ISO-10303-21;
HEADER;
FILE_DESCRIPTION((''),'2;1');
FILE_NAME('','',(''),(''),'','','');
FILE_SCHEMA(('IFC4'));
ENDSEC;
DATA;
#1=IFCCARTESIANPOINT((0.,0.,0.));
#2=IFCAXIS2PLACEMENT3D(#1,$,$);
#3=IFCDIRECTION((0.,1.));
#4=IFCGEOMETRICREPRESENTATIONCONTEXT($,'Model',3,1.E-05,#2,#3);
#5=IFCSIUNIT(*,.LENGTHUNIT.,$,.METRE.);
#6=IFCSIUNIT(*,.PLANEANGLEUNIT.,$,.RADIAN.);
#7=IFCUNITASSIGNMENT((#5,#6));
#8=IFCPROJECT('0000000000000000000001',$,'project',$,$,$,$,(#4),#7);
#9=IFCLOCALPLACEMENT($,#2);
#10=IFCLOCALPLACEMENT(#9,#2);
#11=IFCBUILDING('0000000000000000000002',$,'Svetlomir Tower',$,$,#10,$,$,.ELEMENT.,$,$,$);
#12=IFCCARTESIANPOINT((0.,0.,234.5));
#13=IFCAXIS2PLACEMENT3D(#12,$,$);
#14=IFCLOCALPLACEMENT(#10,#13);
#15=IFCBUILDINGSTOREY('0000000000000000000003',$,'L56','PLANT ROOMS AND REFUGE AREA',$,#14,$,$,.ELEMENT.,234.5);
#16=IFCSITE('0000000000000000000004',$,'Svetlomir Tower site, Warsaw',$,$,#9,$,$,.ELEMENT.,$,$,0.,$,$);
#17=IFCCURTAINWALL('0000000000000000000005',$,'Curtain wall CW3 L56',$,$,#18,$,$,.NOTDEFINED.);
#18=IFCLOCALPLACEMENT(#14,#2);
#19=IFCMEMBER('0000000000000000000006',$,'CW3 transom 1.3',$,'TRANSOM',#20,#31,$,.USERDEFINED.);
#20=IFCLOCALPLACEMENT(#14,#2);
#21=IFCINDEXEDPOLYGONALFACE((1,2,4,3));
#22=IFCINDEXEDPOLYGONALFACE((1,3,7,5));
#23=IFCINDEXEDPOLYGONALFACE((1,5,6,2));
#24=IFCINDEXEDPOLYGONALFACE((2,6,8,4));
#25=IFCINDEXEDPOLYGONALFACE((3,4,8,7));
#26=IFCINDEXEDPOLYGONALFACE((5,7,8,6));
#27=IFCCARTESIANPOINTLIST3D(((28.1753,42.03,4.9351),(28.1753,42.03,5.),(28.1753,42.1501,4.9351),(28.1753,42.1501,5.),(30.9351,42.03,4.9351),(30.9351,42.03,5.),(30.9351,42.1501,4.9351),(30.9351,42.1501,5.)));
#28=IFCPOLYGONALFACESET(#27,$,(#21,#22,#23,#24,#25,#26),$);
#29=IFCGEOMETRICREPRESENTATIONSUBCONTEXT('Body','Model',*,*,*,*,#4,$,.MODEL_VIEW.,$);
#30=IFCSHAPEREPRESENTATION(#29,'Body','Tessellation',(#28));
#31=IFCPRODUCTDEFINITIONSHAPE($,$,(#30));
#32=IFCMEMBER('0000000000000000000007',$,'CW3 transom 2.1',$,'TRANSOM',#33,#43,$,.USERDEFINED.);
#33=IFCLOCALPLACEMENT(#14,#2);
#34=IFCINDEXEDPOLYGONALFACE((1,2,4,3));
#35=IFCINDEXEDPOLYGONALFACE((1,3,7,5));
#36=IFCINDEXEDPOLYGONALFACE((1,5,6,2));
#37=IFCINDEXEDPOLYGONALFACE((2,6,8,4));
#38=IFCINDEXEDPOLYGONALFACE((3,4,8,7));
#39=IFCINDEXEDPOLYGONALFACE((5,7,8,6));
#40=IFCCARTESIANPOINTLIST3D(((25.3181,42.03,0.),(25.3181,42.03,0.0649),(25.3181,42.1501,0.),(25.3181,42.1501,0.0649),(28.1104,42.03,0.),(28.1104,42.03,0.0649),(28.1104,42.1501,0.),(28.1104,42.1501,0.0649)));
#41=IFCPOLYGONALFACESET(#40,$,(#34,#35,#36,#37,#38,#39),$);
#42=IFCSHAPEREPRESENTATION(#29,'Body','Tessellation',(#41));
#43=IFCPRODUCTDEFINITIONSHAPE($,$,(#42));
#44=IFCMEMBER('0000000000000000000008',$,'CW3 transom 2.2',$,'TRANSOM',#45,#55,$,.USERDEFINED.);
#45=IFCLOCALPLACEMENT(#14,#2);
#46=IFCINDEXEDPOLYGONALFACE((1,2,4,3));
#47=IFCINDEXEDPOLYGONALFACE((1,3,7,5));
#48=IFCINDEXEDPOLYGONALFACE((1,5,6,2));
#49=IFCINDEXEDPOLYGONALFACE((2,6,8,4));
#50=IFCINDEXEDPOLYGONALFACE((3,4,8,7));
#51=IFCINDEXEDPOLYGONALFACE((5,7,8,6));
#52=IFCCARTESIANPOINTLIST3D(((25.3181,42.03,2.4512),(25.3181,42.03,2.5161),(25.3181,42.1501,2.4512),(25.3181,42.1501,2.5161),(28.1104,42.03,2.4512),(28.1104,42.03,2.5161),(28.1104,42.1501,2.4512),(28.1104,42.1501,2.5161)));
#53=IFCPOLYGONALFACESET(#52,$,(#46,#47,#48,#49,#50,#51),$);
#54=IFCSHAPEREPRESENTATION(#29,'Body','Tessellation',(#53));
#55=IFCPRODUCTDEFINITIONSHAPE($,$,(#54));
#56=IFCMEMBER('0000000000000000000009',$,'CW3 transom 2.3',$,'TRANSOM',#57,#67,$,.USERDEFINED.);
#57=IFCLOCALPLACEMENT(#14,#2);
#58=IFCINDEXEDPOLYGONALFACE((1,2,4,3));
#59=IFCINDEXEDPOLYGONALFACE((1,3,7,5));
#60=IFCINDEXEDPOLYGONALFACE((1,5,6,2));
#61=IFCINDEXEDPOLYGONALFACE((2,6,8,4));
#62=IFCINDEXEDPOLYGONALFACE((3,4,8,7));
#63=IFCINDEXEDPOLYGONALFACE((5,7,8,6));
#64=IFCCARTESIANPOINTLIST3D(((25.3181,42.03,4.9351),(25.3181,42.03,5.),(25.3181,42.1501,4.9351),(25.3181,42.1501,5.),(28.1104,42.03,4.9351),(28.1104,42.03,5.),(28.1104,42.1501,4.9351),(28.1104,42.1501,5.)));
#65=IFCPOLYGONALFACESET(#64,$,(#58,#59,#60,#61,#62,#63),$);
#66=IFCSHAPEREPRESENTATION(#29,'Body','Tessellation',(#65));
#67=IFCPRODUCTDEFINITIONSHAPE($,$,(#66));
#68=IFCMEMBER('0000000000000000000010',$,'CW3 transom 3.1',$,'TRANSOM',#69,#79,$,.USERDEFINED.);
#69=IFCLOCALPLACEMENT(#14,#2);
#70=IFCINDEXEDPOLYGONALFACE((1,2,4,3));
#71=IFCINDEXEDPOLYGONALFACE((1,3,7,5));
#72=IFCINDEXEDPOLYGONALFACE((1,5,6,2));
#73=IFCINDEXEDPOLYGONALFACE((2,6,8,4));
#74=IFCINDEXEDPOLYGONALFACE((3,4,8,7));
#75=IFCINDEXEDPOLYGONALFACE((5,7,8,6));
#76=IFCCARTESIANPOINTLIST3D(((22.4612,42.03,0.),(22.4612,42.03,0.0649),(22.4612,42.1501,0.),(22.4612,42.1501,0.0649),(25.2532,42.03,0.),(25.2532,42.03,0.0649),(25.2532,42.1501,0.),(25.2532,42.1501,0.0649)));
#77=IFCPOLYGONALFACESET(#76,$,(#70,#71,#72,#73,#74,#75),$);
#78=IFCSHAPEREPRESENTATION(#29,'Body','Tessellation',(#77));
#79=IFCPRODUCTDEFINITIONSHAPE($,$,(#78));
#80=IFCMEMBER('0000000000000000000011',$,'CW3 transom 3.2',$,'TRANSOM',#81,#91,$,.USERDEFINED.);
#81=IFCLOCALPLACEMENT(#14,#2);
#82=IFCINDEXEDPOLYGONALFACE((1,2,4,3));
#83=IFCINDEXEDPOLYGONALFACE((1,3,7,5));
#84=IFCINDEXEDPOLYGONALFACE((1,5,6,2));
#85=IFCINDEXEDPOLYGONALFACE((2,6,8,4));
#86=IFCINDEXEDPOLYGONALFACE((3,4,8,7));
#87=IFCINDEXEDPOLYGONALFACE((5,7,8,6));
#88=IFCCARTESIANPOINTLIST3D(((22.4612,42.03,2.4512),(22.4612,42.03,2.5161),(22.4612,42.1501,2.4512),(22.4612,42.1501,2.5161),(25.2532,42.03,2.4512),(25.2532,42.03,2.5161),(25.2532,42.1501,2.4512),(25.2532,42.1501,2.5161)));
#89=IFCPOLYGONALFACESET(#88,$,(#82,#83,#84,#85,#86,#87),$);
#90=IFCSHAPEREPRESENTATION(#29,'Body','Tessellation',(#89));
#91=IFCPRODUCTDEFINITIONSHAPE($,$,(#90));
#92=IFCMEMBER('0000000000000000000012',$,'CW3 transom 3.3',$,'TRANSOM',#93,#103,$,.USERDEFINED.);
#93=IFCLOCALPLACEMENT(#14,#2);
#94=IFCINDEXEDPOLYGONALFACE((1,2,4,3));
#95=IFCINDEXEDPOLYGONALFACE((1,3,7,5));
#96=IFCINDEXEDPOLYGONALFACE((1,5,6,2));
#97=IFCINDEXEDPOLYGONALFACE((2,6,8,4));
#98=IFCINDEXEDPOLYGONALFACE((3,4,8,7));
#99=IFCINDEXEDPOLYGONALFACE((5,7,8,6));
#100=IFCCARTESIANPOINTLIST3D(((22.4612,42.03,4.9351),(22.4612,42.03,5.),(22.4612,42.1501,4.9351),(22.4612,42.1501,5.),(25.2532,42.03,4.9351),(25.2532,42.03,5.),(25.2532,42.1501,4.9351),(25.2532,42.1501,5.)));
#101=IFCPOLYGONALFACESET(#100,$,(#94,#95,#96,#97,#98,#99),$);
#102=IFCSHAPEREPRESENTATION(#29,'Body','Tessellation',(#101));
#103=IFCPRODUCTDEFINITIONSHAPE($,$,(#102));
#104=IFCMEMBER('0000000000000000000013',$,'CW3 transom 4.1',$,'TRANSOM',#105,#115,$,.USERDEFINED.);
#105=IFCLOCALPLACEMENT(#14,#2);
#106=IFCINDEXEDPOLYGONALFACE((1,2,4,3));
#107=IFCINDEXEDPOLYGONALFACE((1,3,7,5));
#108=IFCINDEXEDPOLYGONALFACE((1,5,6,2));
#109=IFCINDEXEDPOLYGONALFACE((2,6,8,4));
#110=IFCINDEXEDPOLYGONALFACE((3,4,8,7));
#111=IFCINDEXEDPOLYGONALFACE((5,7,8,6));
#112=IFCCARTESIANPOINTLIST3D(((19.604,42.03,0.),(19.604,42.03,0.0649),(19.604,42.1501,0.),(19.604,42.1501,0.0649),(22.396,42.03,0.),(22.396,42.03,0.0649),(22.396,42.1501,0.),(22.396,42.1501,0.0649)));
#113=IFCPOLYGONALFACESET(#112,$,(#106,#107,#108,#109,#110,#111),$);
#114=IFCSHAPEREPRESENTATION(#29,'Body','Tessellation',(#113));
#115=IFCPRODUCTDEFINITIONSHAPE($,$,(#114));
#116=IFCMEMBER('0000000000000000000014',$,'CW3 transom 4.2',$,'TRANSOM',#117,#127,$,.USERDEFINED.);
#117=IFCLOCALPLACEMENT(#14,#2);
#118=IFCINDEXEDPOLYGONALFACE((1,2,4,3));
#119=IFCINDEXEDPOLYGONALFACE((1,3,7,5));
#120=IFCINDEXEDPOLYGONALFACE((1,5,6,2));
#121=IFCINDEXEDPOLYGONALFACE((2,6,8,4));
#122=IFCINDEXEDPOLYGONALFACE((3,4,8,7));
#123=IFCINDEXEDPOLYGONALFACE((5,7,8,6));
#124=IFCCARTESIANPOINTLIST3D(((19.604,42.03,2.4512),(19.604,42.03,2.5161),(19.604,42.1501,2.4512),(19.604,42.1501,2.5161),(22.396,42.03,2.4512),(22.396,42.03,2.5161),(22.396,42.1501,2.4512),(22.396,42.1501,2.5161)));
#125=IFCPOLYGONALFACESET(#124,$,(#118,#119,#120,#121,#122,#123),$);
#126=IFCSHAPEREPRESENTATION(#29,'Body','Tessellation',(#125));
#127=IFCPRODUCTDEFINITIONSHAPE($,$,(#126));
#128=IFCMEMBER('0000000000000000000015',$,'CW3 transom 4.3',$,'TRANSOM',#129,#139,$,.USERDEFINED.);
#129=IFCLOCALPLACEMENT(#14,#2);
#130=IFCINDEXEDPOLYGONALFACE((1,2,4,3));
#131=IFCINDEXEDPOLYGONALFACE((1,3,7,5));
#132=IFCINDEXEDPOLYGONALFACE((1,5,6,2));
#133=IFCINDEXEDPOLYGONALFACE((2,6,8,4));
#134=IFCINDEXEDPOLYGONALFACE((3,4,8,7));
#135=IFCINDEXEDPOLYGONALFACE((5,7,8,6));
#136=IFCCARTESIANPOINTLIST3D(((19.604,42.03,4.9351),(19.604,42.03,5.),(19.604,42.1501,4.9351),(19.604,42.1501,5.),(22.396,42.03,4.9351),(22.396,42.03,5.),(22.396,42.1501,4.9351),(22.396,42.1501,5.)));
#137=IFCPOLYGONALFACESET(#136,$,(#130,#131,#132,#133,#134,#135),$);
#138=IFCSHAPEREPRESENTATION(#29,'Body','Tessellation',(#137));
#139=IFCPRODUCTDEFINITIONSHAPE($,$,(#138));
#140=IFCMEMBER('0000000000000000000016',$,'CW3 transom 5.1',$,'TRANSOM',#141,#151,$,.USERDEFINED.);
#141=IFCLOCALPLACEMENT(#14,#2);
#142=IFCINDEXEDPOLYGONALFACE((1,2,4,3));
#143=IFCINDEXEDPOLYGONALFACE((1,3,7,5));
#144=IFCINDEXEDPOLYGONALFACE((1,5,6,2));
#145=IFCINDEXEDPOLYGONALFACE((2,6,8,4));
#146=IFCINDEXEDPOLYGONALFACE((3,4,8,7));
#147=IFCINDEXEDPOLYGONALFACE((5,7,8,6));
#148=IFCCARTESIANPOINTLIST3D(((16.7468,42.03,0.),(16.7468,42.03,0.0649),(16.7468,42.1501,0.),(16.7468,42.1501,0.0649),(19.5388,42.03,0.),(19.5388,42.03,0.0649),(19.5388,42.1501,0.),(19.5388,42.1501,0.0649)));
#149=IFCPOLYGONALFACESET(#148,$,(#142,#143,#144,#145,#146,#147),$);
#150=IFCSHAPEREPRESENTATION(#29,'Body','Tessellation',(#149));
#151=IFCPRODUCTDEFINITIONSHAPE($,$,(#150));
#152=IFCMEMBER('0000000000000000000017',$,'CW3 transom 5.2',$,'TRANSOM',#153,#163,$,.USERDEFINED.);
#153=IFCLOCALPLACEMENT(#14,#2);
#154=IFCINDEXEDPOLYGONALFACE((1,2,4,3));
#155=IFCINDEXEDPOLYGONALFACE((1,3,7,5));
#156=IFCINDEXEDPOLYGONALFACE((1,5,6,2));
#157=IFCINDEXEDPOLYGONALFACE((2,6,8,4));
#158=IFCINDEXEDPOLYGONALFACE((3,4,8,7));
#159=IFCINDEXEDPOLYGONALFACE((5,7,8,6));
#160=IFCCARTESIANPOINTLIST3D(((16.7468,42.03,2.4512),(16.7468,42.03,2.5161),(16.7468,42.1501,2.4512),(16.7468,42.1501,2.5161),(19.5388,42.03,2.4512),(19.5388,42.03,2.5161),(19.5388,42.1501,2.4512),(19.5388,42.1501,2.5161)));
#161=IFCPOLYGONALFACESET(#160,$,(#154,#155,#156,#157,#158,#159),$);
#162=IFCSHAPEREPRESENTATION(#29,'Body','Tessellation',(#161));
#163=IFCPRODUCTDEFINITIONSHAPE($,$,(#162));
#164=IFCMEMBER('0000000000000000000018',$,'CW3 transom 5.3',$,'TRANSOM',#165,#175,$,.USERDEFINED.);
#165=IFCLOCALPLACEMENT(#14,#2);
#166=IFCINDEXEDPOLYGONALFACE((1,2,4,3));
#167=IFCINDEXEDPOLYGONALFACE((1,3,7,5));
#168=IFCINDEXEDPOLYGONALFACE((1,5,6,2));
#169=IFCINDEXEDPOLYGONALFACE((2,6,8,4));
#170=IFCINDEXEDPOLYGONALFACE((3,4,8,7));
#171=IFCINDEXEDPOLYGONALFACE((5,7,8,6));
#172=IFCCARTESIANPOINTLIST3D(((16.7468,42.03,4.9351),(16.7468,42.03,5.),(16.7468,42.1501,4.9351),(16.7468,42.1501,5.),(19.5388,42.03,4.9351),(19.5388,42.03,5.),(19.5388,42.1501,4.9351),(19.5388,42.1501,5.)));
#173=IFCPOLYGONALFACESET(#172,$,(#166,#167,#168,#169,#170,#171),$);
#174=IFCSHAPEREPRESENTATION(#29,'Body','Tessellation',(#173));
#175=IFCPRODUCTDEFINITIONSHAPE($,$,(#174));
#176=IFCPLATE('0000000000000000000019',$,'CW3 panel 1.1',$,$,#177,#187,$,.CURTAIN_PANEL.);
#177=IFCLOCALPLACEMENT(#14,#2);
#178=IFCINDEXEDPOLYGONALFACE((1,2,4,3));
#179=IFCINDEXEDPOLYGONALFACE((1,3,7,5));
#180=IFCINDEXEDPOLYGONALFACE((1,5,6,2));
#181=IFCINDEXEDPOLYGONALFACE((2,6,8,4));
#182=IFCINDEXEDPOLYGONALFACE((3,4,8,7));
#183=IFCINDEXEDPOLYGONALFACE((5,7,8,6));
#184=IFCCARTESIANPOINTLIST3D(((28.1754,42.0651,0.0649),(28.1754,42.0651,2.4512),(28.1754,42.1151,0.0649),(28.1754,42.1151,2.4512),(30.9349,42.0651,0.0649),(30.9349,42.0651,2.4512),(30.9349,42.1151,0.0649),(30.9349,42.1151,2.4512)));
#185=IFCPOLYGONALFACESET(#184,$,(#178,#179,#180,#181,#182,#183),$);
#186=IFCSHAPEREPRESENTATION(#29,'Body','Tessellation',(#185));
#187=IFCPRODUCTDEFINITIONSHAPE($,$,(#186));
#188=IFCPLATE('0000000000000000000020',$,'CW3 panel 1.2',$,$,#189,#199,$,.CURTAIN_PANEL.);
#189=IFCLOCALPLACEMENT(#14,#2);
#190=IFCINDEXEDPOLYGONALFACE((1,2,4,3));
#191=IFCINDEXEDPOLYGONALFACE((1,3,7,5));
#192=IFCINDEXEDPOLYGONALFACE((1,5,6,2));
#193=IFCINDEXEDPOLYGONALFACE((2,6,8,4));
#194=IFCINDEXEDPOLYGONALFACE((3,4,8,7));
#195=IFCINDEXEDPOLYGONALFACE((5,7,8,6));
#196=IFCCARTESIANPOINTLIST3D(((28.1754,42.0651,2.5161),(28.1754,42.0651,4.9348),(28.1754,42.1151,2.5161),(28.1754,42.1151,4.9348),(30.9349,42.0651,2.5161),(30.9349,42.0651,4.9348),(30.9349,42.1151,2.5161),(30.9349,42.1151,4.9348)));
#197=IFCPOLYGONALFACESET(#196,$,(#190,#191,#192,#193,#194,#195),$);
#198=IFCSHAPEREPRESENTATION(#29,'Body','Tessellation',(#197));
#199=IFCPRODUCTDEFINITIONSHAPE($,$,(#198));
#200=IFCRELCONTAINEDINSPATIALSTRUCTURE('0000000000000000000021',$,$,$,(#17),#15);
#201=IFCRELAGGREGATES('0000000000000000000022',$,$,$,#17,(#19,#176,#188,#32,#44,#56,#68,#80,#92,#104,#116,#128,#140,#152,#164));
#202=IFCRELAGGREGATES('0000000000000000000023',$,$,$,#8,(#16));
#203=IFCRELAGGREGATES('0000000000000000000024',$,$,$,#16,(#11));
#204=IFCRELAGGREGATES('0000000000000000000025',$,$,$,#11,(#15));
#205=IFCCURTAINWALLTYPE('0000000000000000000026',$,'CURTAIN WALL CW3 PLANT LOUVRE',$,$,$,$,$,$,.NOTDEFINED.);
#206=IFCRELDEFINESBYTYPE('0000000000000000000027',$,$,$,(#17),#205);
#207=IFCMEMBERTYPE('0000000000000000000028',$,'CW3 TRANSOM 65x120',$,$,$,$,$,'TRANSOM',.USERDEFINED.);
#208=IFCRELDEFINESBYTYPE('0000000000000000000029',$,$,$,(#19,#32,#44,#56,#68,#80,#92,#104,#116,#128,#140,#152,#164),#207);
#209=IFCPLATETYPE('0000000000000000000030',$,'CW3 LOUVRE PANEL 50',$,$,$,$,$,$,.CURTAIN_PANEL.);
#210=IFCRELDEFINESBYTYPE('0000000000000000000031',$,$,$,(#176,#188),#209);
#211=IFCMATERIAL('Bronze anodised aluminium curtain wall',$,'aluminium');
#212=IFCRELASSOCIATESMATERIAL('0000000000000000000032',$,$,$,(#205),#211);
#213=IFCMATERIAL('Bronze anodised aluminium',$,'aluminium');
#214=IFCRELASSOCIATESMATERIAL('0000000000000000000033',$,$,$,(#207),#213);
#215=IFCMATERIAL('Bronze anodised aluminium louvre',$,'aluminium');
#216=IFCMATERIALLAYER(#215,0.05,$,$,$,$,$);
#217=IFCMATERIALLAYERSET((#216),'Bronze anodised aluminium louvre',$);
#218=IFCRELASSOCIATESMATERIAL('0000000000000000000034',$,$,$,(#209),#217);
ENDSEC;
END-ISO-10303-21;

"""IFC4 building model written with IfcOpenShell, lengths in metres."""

from ifc_helpers import new_model, si_unit, direction, frame, origin, origin_2d, place, context, subcontext, project, spatial, rectangle, extrude, material, layer, layer_set, material_profile, profile_set, type_object, element, aggregate, save


model = new_model("IFC4")

# Units and contexts
model_context = context("Model", 3, precision=1e-05, world=origin(), true_north=direction((0.0, 1.0)))
body_context = subcontext(model_context, "Body", "Model", "MODEL_VIEW")
ifc_project = project(units=[si_unit("LENGTHUNIT", "METRE"), si_unit("PLANEANGLEUNIT", "RADIAN")], contexts=[model_context])

# Site, building, storey
site_placement = place(None, origin())
site = spatial("IfcSite", under=ifc_project, at=site_placement, Name="Svetlomir Tower site, Warsaw", CompositionType="ELEMENT", RefElevation=0.0)
building_placement = place(site_placement, origin())
building = spatial("IfcBuilding", under=site, at=building_placement, Name="Svetlomir Tower", CompositionType="ELEMENT")
storey_placement = place(building_placement, frame((0.0, 0.0, 234.5)))
storey = spatial("IfcBuildingStorey", under=building, at=storey_placement, Name="L56", Description="PLANT ROOMS AND REFUGE AREA", CompositionType="ELEMENT", Elevation=234.5)

# Curtain wall, members, plates
ifc_material_1 = material(Name="Bronze anodised aluminium curtain wall", Category="aluminium")
curtain_wall_type = type_object("IfcCurtainWallType", Name="CURTAIN WALL CW3 PLANT LOUVRE", PredefinedType="NOTDEFINED", material=ifc_material_1)
curtain_wall_placement = place(storey_placement, origin())
curtain_wall = element("IfcCurtainWall", 1, at=curtain_wall_placement, inside=storey, type_object=curtain_wall_type, Name="Curtain wall CW3 L56", PredefinedType="NOTDEFINED")
ifc_material_2 = material(Name="Bronze anodised aluminium", Category="aluminium")
ifc_material_profile_1 = material_profile(ifc_material_2, rectangle(XDim=0.1201, YDim=0.0649, at=origin_2d()), Name="AL 120x65")
ifc_profile_set_1 = profile_set([ifc_material_profile_1], Name="Bronze anodised aluminium 6063-T6")
member_type_1 = type_object("IfcMemberType", Name="CW3 TRANSOM 65x120", ElementType="TRANSOM", PredefinedType="USERDEFINED", material=ifc_profile_set_1)
member_1_placement = place(storey_placement, frame((30.9351, 42.0901, 4.9675), z_axis=(-1.0, 0.0, 0.0), x_axis=(0.0, -1.0, 0.0)))
member_1 = element("IfcMember", 2, at=member_1_placement, type_object=member_type_1, Name="CW3 transom 1.3", ObjectType="TRANSOM", PredefinedType="USERDEFINED", context=body_context, shape_type="SweptSolid", body=[
    extrude(rectangle(XDim=0.1201, YDim=0.0649, at=origin_2d()), origin(), (0.0, 0.0, 1.0), 2.7598),
])
member_2_placement = place(storey_placement, frame((28.1104, 42.0901, 0.0325), z_axis=(-1.0, 0.0, 0.0), x_axis=(0.0, -1.0, 0.0)))
member_2 = element("IfcMember", 3, at=member_2_placement, type_object=member_type_1, Name="CW3 transom 2.1", ObjectType="TRANSOM", PredefinedType="USERDEFINED", context=body_context, shape_type="SweptSolid", body=[
    extrude(rectangle(XDim=0.1201, YDim=0.0649, at=origin_2d()), origin(), (0.0, 0.0, 1.0), 2.7922),
])
member_3_placement = place(storey_placement, frame((28.1104, 42.0901, 2.4836), z_axis=(-1.0, 0.0, 0.0), x_axis=(0.0, -1.0, 0.0)))
member_3 = element("IfcMember", 4, at=member_3_placement, type_object=member_type_1, Name="CW3 transom 2.2", ObjectType="TRANSOM", PredefinedType="USERDEFINED", context=body_context, shape_type="SweptSolid", body=[
    extrude(rectangle(XDim=0.1201, YDim=0.0649, at=origin_2d()), origin(), (0.0, 0.0, 1.0), 2.7922),
])
member_4_placement = place(storey_placement, frame((28.1104, 42.0901, 4.9675), z_axis=(-1.0, 0.0, 0.0), x_axis=(0.0, -1.0, 0.0)))
member_4 = element("IfcMember", 5, at=member_4_placement, type_object=member_type_1, Name="CW3 transom 2.3", ObjectType="TRANSOM", PredefinedType="USERDEFINED", context=body_context, shape_type="SweptSolid", body=[
    extrude(rectangle(XDim=0.1201, YDim=0.0649, at=origin_2d()), origin(), (0.0, 0.0, 1.0), 2.7922),
])
member_5_placement = place(storey_placement, frame((25.2532, 42.0901, 0.0325), z_axis=(-1.0, 0.0, 0.0), x_axis=(0.0, -1.0, 0.0)))
member_5 = element("IfcMember", 6, at=member_5_placement, type_object=member_type_1, Name="CW3 transom 3.1", ObjectType="TRANSOM", PredefinedType="USERDEFINED", context=body_context, shape_type="SweptSolid", body=[
    extrude(rectangle(XDim=0.1201, YDim=0.0649, at=origin_2d()), origin(), (0.0, 0.0, 1.0), 2.792),
])
member_6_placement = place(storey_placement, frame((25.2532, 42.0901, 2.4836), z_axis=(-1.0, 0.0, 0.0), x_axis=(0.0, -1.0, 0.0)))
member_6 = element("IfcMember", 7, at=member_6_placement, type_object=member_type_1, Name="CW3 transom 3.2", ObjectType="TRANSOM", PredefinedType="USERDEFINED", context=body_context, shape_type="SweptSolid", body=[
    extrude(rectangle(XDim=0.1201, YDim=0.0649, at=origin_2d()), origin(), (0.0, 0.0, 1.0), 2.792),
])
member_7_placement = place(storey_placement, frame((25.2532, 42.0901, 4.9675), z_axis=(-1.0, 0.0, 0.0), x_axis=(0.0, -1.0, 0.0)))
member_7 = element("IfcMember", 8, at=member_7_placement, type_object=member_type_1, Name="CW3 transom 3.3", ObjectType="TRANSOM", PredefinedType="USERDEFINED", context=body_context, shape_type="SweptSolid", body=[
    extrude(rectangle(XDim=0.1201, YDim=0.0649, at=origin_2d()), origin(), (0.0, 0.0, 1.0), 2.792),
])
member_8_placement = place(storey_placement, frame((22.396, 42.0901, 0.0325), z_axis=(-1.0, 0.0, 0.0), x_axis=(0.0, -1.0, 0.0)))
member_8 = element("IfcMember", 9, at=member_8_placement, type_object=member_type_1, Name="CW3 transom 4.1", ObjectType="TRANSOM", PredefinedType="USERDEFINED", context=body_context, shape_type="SweptSolid", body=[
    extrude(rectangle(XDim=0.1201, YDim=0.0649, at=origin_2d()), origin(), (0.0, 0.0, 1.0), 2.792),
])
member_9_placement = place(storey_placement, frame((22.396, 42.0901, 2.4836), z_axis=(-1.0, 0.0, 0.0), x_axis=(0.0, -1.0, 0.0)))
member_9 = element("IfcMember", 10, at=member_9_placement, type_object=member_type_1, Name="CW3 transom 4.2", ObjectType="TRANSOM", PredefinedType="USERDEFINED", context=body_context, shape_type="SweptSolid", body=[
    extrude(rectangle(XDim=0.1201, YDim=0.0649, at=origin_2d()), origin(), (0.0, 0.0, 1.0), 2.792),
])
member_10_placement = place(storey_placement, frame((22.396, 42.0901, 4.9675), z_axis=(-1.0, 0.0, 0.0), x_axis=(0.0, -1.0, 0.0)))
member_10 = element("IfcMember", 11, at=member_10_placement, type_object=member_type_1, Name="CW3 transom 4.3", ObjectType="TRANSOM", PredefinedType="USERDEFINED", context=body_context, shape_type="SweptSolid", body=[
    extrude(rectangle(XDim=0.1201, YDim=0.0649, at=origin_2d()), origin(), (0.0, 0.0, 1.0), 2.792),
])
member_11_placement = place(storey_placement, frame((19.5388, 42.0901, 0.0325), z_axis=(-1.0, 0.0, 0.0), x_axis=(0.0, -1.0, 0.0)))
member_11 = element("IfcMember", 12, at=member_11_placement, type_object=member_type_1, Name="CW3 transom 5.1", ObjectType="TRANSOM", PredefinedType="USERDEFINED", context=body_context, shape_type="SweptSolid", body=[
    extrude(rectangle(XDim=0.1201, YDim=0.0649, at=origin_2d()), origin(), (0.0, 0.0, 1.0), 2.792),
])
member_12_placement = place(storey_placement, frame((19.5388, 42.0901, 2.4836), z_axis=(-1.0, 0.0, 0.0), x_axis=(0.0, -1.0, 0.0)))
member_12 = element("IfcMember", 13, at=member_12_placement, type_object=member_type_1, Name="CW3 transom 5.2", ObjectType="TRANSOM", PredefinedType="USERDEFINED", context=body_context, shape_type="SweptSolid", body=[
    extrude(rectangle(XDim=0.1201, YDim=0.0649, at=origin_2d()), origin(), (0.0, 0.0, 1.0), 2.792),
])
member_13_placement = place(storey_placement, frame((19.5388, 42.0901, 4.9675), z_axis=(-1.0, 0.0, 0.0), x_axis=(0.0, -1.0, 0.0)))
member_13 = element("IfcMember", 14, at=member_13_placement, type_object=member_type_1, Name="CW3 transom 5.3", ObjectType="TRANSOM", PredefinedType="USERDEFINED", context=body_context, shape_type="SweptSolid", body=[
    extrude(rectangle(XDim=0.1201, YDim=0.0649, at=origin_2d()), origin(), (0.0, 0.0, 1.0), 2.792),
])
ifc_material_3 = material(Name="Bronze anodised aluminium louvre", Category="aluminium")
ifc_layer = layer(ifc_material_3, 0.05)
ifc_layer_set = layer_set([ifc_layer], Name="Bronze anodised aluminium louvre")
plate_type = type_object("IfcPlateType", Name="CW3 LOUVRE PANEL 50", PredefinedType="CURTAIN_PANEL", material=ifc_layer_set)
plate_1_placement = place(storey_placement, frame((29.5552, 42.0901, 0.0649), z_axis=(0.0, 0.0, 1.0), x_axis=(-1.0, 0.0, 0.0)))
plate_1 = element("IfcPlate", 15, at=plate_1_placement, type_object=plate_type, Name="CW3 panel 1.1", PredefinedType="CURTAIN_PANEL", context=body_context, shape_type="SweptSolid", body=[
    extrude(rectangle(XDim=2.7595, YDim=0.05, at=origin_2d()), origin(), (0.0, 0.0, 1.0), 2.3862),
])
plate_2_placement = place(storey_placement, frame((29.5552, 42.0901, 2.5161), z_axis=(0.0, 0.0, 1.0), x_axis=(-1.0, 0.0, 0.0)))
plate_2 = element("IfcPlate", 16, at=plate_2_placement, type_object=plate_type, Name="CW3 panel 1.2", PredefinedType="CURTAIN_PANEL", context=body_context, shape_type="SweptSolid", body=[
    extrude(rectangle(XDim=2.7595, YDim=0.05, at=origin_2d()), origin(), (0.0, 0.0, 1.0), 2.4187),
])
aggregate(curtain_wall, [member_1, plate_1, plate_2, member_2, member_3, member_4, member_5, member_6, member_7, member_8, member_9, member_10, member_11, member_12, member_13])

save(model, "model.ifc")
